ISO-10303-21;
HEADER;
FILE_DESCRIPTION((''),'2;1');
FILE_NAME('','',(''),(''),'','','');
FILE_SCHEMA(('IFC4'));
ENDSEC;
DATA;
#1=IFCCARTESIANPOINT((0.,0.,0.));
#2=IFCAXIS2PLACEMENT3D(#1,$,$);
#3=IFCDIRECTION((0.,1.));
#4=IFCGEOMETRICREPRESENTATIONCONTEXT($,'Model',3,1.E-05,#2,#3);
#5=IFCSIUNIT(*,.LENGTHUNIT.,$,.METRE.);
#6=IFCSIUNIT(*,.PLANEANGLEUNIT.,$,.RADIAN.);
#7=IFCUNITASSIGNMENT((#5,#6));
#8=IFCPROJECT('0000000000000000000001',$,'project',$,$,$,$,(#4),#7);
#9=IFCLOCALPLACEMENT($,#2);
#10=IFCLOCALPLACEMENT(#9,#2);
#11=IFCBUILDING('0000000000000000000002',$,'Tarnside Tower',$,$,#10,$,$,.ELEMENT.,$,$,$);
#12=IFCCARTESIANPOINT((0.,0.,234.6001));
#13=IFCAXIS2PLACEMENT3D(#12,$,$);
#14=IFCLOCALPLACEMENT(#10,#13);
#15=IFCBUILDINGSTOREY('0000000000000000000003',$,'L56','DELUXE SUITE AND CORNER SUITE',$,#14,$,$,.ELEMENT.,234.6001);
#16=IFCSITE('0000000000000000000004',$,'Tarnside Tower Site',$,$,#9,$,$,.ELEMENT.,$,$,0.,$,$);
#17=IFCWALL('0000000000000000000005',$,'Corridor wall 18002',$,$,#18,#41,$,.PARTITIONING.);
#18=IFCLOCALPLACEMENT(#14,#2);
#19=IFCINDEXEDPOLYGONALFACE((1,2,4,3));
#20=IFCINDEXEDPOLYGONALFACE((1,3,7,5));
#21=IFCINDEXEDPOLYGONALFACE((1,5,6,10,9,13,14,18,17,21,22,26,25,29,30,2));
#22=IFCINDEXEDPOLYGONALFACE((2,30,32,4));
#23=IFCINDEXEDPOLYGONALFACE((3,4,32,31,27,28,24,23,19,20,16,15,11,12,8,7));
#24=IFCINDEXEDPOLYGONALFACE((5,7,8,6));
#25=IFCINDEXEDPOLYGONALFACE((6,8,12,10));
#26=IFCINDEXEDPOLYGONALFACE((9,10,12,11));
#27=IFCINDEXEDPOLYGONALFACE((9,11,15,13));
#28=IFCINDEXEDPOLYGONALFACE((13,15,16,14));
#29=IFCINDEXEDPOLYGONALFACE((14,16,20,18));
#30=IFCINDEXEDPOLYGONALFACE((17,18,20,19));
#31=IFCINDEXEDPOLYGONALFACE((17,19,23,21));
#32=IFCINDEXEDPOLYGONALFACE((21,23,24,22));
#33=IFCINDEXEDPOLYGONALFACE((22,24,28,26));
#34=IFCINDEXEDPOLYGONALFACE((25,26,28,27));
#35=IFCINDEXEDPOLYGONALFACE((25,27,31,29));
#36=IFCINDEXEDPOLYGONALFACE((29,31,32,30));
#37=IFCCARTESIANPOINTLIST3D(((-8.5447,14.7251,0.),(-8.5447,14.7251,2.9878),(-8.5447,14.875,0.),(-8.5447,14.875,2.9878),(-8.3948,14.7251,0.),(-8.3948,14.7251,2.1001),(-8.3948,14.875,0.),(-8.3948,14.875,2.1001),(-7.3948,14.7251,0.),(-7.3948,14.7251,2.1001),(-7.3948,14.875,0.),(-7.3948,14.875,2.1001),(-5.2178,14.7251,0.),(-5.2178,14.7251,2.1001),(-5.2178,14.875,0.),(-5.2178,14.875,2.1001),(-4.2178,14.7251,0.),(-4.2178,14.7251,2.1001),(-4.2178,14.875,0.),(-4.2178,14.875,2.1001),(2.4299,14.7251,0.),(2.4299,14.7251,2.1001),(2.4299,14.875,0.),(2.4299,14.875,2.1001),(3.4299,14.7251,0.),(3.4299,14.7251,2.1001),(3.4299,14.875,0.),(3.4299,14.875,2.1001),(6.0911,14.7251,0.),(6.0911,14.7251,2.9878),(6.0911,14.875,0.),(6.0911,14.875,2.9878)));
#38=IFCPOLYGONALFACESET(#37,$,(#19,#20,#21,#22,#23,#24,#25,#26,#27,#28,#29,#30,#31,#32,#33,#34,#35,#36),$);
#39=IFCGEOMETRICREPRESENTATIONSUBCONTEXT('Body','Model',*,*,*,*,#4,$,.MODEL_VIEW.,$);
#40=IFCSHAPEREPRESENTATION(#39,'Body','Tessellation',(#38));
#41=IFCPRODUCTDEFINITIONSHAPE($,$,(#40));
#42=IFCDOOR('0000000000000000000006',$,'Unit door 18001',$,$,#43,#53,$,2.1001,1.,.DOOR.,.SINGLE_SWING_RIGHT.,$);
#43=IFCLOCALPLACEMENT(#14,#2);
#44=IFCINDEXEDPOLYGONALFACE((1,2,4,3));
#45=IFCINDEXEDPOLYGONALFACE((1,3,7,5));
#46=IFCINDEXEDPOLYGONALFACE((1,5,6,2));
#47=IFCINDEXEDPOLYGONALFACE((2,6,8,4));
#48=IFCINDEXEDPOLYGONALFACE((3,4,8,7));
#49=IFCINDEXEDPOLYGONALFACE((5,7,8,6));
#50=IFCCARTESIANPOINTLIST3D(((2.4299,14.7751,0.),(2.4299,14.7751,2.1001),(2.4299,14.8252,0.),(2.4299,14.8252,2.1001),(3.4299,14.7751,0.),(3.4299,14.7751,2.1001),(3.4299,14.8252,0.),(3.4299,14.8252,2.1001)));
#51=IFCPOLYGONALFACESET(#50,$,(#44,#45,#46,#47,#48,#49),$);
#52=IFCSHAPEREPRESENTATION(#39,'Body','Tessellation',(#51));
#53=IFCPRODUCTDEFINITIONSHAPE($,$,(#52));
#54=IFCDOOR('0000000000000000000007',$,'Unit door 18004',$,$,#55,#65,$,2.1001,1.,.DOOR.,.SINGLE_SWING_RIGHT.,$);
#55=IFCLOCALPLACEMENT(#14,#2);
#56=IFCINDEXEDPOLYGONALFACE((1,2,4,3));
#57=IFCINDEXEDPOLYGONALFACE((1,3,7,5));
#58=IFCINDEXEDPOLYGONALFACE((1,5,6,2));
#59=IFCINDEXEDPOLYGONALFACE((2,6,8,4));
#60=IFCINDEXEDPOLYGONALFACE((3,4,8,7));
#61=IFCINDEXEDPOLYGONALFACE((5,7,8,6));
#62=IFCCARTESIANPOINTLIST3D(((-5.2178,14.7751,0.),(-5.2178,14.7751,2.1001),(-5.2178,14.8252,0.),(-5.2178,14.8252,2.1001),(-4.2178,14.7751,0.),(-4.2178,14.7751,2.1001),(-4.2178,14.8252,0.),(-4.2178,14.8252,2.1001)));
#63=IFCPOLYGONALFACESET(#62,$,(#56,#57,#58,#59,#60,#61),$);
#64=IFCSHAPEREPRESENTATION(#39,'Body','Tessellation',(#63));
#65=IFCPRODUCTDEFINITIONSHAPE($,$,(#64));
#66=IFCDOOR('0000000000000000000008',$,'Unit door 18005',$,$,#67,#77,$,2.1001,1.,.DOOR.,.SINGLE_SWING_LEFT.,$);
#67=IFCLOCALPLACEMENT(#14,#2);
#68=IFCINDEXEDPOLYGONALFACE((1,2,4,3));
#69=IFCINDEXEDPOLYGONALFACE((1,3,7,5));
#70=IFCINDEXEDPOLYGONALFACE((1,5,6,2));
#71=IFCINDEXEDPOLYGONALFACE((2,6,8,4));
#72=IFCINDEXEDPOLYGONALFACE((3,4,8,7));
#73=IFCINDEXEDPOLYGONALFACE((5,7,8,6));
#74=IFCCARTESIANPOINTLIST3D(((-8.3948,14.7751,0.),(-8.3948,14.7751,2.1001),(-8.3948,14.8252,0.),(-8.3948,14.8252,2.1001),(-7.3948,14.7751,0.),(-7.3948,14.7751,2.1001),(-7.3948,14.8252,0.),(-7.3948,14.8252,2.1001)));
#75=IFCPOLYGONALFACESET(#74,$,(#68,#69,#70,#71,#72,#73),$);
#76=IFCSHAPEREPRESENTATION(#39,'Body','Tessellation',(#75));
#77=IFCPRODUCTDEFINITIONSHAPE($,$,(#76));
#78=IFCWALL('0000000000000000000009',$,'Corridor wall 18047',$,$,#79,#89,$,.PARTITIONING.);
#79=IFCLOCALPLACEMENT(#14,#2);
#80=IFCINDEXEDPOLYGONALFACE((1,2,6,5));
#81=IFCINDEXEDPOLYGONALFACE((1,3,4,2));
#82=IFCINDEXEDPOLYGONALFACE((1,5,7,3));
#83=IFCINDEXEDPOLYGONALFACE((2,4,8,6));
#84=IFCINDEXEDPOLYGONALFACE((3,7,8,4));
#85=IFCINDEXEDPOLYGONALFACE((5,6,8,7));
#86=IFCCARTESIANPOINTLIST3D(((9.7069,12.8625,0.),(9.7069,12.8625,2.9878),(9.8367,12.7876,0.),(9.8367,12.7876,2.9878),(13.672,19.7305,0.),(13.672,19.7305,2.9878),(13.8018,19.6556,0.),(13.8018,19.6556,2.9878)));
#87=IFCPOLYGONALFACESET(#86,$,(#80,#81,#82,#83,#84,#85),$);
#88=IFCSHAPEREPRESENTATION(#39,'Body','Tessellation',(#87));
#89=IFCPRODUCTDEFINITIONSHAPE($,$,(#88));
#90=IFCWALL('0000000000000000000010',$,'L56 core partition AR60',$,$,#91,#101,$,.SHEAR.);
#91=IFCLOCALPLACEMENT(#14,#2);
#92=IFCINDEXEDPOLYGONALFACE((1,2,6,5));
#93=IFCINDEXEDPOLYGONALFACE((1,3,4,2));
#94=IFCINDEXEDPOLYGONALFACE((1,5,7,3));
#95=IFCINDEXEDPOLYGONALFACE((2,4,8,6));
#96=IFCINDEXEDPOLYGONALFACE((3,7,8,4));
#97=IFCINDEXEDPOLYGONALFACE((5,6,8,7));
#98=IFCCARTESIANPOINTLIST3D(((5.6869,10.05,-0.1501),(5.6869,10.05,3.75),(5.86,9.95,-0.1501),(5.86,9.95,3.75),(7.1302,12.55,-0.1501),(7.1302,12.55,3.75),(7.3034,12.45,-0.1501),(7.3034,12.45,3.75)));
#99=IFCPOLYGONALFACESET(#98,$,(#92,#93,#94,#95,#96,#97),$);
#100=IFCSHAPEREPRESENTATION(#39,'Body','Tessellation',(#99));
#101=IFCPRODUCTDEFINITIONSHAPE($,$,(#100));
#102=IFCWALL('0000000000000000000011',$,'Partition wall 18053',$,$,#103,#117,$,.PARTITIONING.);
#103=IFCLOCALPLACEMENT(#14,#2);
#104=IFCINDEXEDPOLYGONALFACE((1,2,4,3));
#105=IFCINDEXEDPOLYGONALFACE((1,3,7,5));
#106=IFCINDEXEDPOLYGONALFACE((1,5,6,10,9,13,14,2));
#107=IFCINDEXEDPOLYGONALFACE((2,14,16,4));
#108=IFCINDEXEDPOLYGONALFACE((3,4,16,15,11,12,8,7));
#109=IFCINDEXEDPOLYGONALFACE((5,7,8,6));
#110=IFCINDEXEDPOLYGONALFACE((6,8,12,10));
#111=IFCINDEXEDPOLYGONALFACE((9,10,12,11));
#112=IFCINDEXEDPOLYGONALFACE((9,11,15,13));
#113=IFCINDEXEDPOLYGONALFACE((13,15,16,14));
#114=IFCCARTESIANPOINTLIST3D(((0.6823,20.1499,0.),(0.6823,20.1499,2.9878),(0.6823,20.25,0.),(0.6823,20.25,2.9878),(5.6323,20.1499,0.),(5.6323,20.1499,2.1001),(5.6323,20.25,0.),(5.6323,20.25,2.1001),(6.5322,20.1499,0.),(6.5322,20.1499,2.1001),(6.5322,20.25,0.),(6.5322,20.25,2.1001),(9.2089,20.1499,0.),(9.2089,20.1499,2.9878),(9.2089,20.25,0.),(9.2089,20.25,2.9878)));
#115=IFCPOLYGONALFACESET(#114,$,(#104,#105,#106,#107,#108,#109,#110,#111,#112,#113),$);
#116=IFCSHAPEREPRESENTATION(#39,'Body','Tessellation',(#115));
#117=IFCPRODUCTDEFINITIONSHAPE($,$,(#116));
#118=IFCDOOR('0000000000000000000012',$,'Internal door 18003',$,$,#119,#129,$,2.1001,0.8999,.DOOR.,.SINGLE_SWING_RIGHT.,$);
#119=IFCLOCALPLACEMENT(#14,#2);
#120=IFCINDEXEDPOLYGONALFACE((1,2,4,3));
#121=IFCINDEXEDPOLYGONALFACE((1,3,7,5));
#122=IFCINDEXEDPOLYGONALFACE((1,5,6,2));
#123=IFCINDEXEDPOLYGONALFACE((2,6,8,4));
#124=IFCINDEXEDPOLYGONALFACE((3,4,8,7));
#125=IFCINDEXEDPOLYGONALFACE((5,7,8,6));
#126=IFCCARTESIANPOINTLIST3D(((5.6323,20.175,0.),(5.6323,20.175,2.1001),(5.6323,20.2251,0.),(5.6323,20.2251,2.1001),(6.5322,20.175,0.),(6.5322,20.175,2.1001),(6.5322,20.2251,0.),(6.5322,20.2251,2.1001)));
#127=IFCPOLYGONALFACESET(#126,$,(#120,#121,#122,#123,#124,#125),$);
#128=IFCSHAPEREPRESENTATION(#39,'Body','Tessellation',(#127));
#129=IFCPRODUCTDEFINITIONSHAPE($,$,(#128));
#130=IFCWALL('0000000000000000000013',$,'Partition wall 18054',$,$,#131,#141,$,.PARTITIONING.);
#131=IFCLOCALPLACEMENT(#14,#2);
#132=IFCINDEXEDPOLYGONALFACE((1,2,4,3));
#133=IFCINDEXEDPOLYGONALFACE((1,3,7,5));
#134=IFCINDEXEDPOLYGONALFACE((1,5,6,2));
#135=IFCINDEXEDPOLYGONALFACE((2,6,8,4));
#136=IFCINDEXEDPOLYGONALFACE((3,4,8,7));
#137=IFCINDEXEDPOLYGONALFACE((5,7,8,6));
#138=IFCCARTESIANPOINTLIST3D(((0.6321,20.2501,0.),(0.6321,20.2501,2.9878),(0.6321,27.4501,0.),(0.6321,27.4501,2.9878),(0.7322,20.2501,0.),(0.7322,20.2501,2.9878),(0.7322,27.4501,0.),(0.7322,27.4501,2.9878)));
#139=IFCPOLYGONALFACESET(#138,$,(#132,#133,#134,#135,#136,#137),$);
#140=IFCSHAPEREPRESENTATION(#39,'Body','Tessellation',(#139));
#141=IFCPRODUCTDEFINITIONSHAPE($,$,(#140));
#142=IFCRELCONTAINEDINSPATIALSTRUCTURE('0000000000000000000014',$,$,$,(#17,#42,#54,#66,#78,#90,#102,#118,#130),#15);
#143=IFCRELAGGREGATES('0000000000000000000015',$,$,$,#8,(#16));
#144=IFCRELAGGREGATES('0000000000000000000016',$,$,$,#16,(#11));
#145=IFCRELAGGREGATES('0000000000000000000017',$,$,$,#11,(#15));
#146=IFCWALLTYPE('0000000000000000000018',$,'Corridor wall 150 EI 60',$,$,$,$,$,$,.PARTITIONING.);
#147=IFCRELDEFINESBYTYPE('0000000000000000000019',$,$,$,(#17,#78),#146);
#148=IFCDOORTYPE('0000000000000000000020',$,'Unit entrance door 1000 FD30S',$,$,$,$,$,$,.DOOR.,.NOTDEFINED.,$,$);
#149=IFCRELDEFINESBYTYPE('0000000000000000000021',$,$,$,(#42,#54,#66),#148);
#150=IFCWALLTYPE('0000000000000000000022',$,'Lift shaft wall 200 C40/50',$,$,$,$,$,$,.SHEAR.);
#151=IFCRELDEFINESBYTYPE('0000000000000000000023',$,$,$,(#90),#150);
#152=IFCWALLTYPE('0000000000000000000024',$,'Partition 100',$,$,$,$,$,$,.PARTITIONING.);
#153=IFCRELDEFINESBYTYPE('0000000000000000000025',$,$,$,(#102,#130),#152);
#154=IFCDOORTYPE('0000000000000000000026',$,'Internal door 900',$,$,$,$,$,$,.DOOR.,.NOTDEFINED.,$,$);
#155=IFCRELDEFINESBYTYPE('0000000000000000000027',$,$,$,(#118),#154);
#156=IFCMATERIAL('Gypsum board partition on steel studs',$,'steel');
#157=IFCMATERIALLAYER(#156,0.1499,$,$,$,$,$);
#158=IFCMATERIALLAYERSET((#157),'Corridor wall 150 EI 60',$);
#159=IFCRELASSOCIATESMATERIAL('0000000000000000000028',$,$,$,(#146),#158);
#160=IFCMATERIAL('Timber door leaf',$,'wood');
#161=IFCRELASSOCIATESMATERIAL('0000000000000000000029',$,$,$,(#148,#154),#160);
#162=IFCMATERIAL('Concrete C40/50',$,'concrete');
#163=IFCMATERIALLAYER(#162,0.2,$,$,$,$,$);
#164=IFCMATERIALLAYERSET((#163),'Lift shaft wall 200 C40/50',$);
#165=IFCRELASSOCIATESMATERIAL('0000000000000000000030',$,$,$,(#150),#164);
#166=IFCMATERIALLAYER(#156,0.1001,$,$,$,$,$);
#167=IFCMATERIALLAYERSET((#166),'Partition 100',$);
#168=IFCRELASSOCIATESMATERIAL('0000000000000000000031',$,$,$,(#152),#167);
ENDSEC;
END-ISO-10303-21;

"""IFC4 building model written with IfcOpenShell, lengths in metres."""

from ifc_helpers import new_model, si_unit, direction, frame, frame_2d, origin, place, context, subcontext, project, spatial, rectangle, extrude, material, layer, layer_set, type_object, element, fill, save


model = new_model("IFC4")

# Units and contexts
model_context = context("Model", 3, precision=1e-05, world=origin(), true_north=direction((0.0, 1.0)))
body_context = subcontext(model_context, "Body", "Model", "MODEL_VIEW")
ifc_project = project(units=[si_unit("LENGTHUNIT", "METRE"), si_unit("PLANEANGLEUNIT", "RADIAN")], contexts=[model_context])

# Site, building, storey
site_placement = place(None, origin())
site = spatial("IfcSite", under=ifc_project, at=site_placement, Name="Tarnside Tower Site", CompositionType="ELEMENT", RefElevation=0.0)
building_placement = place(site_placement, origin())
building = spatial("IfcBuilding", under=site, at=building_placement, Name="Tarnside Tower", CompositionType="ELEMENT")
storey_placement = place(building_placement, frame((0.0, 0.0, 234.6001)))
storey = spatial("IfcBuildingStorey", under=building, at=storey_placement, Name="L56", Description="DELUXE SUITE AND CORNER SUITE", CompositionType="ELEMENT", Elevation=234.6001)

# Shared definitions
ifc_material_1 = material(Name="Gypsum board partition on steel studs", Category="steel")
ifc_material_2 = material(Name="Timber door leaf", Category="wood")

# Shared definitions
ifc_layer_1 = layer(ifc_material_1, 0.1499)
ifc_layer_set_1 = layer_set([ifc_layer_1], Name="Corridor wall 150 EI 60")
wall_type_1 = type_object("IfcWallType", Name="Corridor wall 150 EI 60", PredefinedType="PARTITIONING", material=ifc_layer_set_1)

# Wall, openings, doors
wall_1_placement = place(storey_placement, frame((6.0911, 14.8, 0.0), z_axis=(0.0, 0.0, 1.0), x_axis=(-1.0, 0.0, 0.0)))
wall_1 = element("IfcWall", 1, at=wall_1_placement, inside=storey, type_object=wall_type_1, Name="Corridor wall 18002", PredefinedType="PARTITIONING", context=body_context, shape_type="SweptSolid", body=[
    extrude(rectangle(XDim=14.6357, YDim=0.1499, at=frame_2d((7.3179, 0.0))), origin(), (0.0, 0.0, 1.0), 2.9878),
])
opening_1_placement = place(wall_1_placement, frame((2.6611, 0.0, 0.0)))
opening_1 = element("IfcOpeningElement", 2, at=opening_1_placement, cuts=wall_1, PredefinedType="OPENING", context=body_context, shape_type="SweptSolid", body=[
    extrude(rectangle(XDim=1.0, YDim=2.1001, at=frame_2d((0.5, 1.05))), frame((0.0, 0.085, 0.0), z_axis=(0.0, -1.0, 0.0), x_axis=(1.0, 0.0, 0.0)), (0.0, 0.0, 1.0), 0.1699),
])
opening_2_placement = place(wall_1_placement, frame((10.3088, 0.0, 0.0)))
opening_2 = element("IfcOpeningElement", 3, at=opening_2_placement, cuts=wall_1, PredefinedType="OPENING", context=body_context, shape_type="SweptSolid", body=[
    extrude(rectangle(XDim=1.0, YDim=2.1001, at=frame_2d((0.5, 1.05))), frame((0.0, 0.085, 0.0), z_axis=(0.0, -1.0, 0.0), x_axis=(1.0, 0.0, 0.0)), (0.0, 0.0, 1.0), 0.1699),
])
opening_3_placement = place(wall_1_placement, frame((13.4858, 0.0, 0.0)))
opening_3 = element("IfcOpeningElement", 4, at=opening_3_placement, cuts=wall_1, PredefinedType="OPENING", context=body_context, shape_type="SweptSolid", body=[
    extrude(rectangle(XDim=1.0, YDim=2.1001, at=frame_2d((0.5, 1.05))), frame((0.0, 0.085, 0.0), z_axis=(0.0, -1.0, 0.0), x_axis=(1.0, 0.0, 0.0)), (0.0, 0.0, 1.0), 0.1699),
])
door_type_1 = type_object("IfcDoorType", Name="Unit entrance door 1000 FD30S", OperationType="NOTDEFINED", PredefinedType="DOOR", material=ifc_material_2)
door_1_placement = place(opening_1_placement, origin())
door_1 = element("IfcDoor", 5, at=door_1_placement, inside=storey, type_object=door_type_1, Name="Unit door 18001", OperationType="SINGLE_SWING_RIGHT", OverallHeight=2.1001, OverallWidth=1.0, PredefinedType="DOOR", context=body_context, shape_type="SweptSolid", body=[
    extrude(rectangle(XDim=1.0, YDim=2.1001, at=frame_2d((0.5, 1.05))), frame((0.0, 0.0249, 0.0), z_axis=(0.0, -1.0, 0.0), x_axis=(1.0, 0.0, 0.0)), (0.0, 0.0, 1.0), 0.05),
])
fill(opening_1, door_1)
door_2_placement = place(opening_2_placement, origin())
door_2 = element("IfcDoor", 6, at=door_2_placement, inside=storey, type_object=door_type_1, Name="Unit door 18004", OperationType="SINGLE_SWING_RIGHT", OverallHeight=2.1001, OverallWidth=1.0, PredefinedType="DOOR", context=body_context, shape_type="SweptSolid", body=[
    extrude(rectangle(XDim=1.0, YDim=2.1001, at=frame_2d((0.5, 1.05))), frame((0.0, 0.0249, 0.0), z_axis=(0.0, -1.0, 0.0), x_axis=(1.0, 0.0, 0.0)), (0.0, 0.0, 1.0), 0.05),
])
fill(opening_2, door_2)
door_3_placement = place(opening_3_placement, origin())
door_3 = element("IfcDoor", 7, at=door_3_placement, inside=storey, type_object=door_type_1, Name="Unit door 18005", OperationType="SINGLE_SWING_LEFT", OverallHeight=2.1001, OverallWidth=1.0, PredefinedType="DOOR", context=body_context, shape_type="SweptSolid", body=[
    extrude(rectangle(XDim=1.0, YDim=2.1001, at=frame_2d((0.5, 1.05))), frame((0.0, 0.0249, 0.0), z_axis=(0.0, -1.0, 0.0), x_axis=(1.0, 0.0, 0.0)), (0.0, 0.0, 1.0), 0.05),
])
fill(opening_3, door_3)

# Walls
wall_2_placement = place(storey_placement, frame((9.7717, 12.825, 0.0), z_axis=(0.0, 0.0, 1.0), x_axis=(0.49999, 0.866031, 0.0)))
element("IfcWall", 8, at=wall_2_placement, inside=storey, type_object=wall_type_1, Name="Corridor wall 18047", PredefinedType="PARTITIONING", context=body_context, shape_type="SweptSolid", body=[
    extrude(rectangle(XDim=7.9304, YDim=0.1499, at=frame_2d((3.9653, 0.0))), origin(), (0.0, 0.0, 1.0), 2.9878),
])
ifc_material_3 = material(Name="Concrete C40/50", Category="concrete")
ifc_layer_2 = layer(ifc_material_3, 0.2)
ifc_layer_set_2 = layer_set([ifc_layer_2], Name="Lift shaft wall 200 C40/50")
wall_type_2 = type_object("IfcWallType", Name="Lift shaft wall 200 C40/50", PredefinedType="SHEAR", material=ifc_layer_set_2)
wall_3_placement = place(storey_placement, frame((5.7734, 10.0, -0.1501), z_axis=(0.0, 0.0, 1.0), x_axis=(0.499996, 0.866028, 0.0)))
element("IfcWall", 9, at=wall_3_placement, inside=storey, type_object=wall_type_2, Name="L56 core partition AR60", PredefinedType="SHEAR", context=body_context, shape_type="SweptSolid", body=[
    extrude(rectangle(XDim=2.8867, YDim=0.2, at=frame_2d((1.4434, 0.0))), origin(), (0.0, 0.0, 1.0), 3.9001),
])

# Wall, opening, door
ifc_layer_3 = layer(ifc_material_1, 0.1001)
ifc_layer_set_3 = layer_set([ifc_layer_3], Name="Partition 100")
wall_type_3 = type_object("IfcWallType", Name="Partition 100", PredefinedType="PARTITIONING", material=ifc_layer_set_3)
wall_4_placement = place(storey_placement, frame((9.2087, 20.2, 0.0), z_axis=(0.0, 0.0, 1.0), x_axis=(-1.0, 0.0, 0.0)))
wall_4 = element("IfcWall", 10, at=wall_4_placement, inside=storey, type_object=wall_type_3, Name="Partition wall 18053", PredefinedType="PARTITIONING", context=body_context, shape_type="SweptSolid", body=[
    extrude(rectangle(XDim=8.5266, YDim=0.1001, at=frame_2d((4.2632, 0.0))), origin(), (0.0, 0.0, 1.0), 2.9878),
])
opening_4_placement = place(wall_4_placement, frame((2.6765, 0.0, 0.0)))
opening_4 = element("IfcOpeningElement", 11, at=opening_4_placement, cuts=wall_4, PredefinedType="OPENING", context=body_context, shape_type="SweptSolid", body=[
    extrude(rectangle(XDim=0.8999, YDim=2.1001, at=frame_2d((0.45, 1.05))), frame((0.0, 0.0601, 0.0), z_axis=(0.0, -1.0, 0.0), x_axis=(1.0, 0.0, 0.0)), (0.0, 0.0, 1.0), 0.1201),
])
door_type_2 = type_object("IfcDoorType", Name="Internal door 900", OperationType="NOTDEFINED", PredefinedType="DOOR", material=ifc_material_2)
door_4_placement = place(opening_4_placement, origin())
door_4 = element("IfcDoor", 12, at=door_4_placement, inside=storey, type_object=door_type_2, Name="Internal door 18003", OperationType="SINGLE_SWING_RIGHT", OverallHeight=2.1001, OverallWidth=0.8999, PredefinedType="DOOR", context=body_context, shape_type="SweptSolid", body=[
    extrude(rectangle(XDim=0.8999, YDim=2.1001, at=frame_2d((0.45, 1.05))), frame((0.0, 0.0249, 0.0), z_axis=(0.0, -1.0, 0.0), x_axis=(1.0, 0.0, 0.0)), (0.0, 0.0, 1.0), 0.05),
])
fill(opening_4, door_4)

# Wall
wall_5_placement = place(storey_placement, frame((0.6821, 20.25, 0.0), z_axis=(0.0, 0.0, 1.0), x_axis=(0.0, 1.0, 0.0)))
element("IfcWall", 13, at=wall_5_placement, inside=storey, type_object=wall_type_3, Name="Partition wall 18054", PredefinedType="PARTITIONING", context=body_context, shape_type="SweptSolid", body=[
    extrude(rectangle(XDim=7.2, YDim=0.1001, at=frame_2d((3.6001, 0.0))), origin(), (0.0, 0.0, 1.0), 2.9878),
])

save(model, "model.ifc")
